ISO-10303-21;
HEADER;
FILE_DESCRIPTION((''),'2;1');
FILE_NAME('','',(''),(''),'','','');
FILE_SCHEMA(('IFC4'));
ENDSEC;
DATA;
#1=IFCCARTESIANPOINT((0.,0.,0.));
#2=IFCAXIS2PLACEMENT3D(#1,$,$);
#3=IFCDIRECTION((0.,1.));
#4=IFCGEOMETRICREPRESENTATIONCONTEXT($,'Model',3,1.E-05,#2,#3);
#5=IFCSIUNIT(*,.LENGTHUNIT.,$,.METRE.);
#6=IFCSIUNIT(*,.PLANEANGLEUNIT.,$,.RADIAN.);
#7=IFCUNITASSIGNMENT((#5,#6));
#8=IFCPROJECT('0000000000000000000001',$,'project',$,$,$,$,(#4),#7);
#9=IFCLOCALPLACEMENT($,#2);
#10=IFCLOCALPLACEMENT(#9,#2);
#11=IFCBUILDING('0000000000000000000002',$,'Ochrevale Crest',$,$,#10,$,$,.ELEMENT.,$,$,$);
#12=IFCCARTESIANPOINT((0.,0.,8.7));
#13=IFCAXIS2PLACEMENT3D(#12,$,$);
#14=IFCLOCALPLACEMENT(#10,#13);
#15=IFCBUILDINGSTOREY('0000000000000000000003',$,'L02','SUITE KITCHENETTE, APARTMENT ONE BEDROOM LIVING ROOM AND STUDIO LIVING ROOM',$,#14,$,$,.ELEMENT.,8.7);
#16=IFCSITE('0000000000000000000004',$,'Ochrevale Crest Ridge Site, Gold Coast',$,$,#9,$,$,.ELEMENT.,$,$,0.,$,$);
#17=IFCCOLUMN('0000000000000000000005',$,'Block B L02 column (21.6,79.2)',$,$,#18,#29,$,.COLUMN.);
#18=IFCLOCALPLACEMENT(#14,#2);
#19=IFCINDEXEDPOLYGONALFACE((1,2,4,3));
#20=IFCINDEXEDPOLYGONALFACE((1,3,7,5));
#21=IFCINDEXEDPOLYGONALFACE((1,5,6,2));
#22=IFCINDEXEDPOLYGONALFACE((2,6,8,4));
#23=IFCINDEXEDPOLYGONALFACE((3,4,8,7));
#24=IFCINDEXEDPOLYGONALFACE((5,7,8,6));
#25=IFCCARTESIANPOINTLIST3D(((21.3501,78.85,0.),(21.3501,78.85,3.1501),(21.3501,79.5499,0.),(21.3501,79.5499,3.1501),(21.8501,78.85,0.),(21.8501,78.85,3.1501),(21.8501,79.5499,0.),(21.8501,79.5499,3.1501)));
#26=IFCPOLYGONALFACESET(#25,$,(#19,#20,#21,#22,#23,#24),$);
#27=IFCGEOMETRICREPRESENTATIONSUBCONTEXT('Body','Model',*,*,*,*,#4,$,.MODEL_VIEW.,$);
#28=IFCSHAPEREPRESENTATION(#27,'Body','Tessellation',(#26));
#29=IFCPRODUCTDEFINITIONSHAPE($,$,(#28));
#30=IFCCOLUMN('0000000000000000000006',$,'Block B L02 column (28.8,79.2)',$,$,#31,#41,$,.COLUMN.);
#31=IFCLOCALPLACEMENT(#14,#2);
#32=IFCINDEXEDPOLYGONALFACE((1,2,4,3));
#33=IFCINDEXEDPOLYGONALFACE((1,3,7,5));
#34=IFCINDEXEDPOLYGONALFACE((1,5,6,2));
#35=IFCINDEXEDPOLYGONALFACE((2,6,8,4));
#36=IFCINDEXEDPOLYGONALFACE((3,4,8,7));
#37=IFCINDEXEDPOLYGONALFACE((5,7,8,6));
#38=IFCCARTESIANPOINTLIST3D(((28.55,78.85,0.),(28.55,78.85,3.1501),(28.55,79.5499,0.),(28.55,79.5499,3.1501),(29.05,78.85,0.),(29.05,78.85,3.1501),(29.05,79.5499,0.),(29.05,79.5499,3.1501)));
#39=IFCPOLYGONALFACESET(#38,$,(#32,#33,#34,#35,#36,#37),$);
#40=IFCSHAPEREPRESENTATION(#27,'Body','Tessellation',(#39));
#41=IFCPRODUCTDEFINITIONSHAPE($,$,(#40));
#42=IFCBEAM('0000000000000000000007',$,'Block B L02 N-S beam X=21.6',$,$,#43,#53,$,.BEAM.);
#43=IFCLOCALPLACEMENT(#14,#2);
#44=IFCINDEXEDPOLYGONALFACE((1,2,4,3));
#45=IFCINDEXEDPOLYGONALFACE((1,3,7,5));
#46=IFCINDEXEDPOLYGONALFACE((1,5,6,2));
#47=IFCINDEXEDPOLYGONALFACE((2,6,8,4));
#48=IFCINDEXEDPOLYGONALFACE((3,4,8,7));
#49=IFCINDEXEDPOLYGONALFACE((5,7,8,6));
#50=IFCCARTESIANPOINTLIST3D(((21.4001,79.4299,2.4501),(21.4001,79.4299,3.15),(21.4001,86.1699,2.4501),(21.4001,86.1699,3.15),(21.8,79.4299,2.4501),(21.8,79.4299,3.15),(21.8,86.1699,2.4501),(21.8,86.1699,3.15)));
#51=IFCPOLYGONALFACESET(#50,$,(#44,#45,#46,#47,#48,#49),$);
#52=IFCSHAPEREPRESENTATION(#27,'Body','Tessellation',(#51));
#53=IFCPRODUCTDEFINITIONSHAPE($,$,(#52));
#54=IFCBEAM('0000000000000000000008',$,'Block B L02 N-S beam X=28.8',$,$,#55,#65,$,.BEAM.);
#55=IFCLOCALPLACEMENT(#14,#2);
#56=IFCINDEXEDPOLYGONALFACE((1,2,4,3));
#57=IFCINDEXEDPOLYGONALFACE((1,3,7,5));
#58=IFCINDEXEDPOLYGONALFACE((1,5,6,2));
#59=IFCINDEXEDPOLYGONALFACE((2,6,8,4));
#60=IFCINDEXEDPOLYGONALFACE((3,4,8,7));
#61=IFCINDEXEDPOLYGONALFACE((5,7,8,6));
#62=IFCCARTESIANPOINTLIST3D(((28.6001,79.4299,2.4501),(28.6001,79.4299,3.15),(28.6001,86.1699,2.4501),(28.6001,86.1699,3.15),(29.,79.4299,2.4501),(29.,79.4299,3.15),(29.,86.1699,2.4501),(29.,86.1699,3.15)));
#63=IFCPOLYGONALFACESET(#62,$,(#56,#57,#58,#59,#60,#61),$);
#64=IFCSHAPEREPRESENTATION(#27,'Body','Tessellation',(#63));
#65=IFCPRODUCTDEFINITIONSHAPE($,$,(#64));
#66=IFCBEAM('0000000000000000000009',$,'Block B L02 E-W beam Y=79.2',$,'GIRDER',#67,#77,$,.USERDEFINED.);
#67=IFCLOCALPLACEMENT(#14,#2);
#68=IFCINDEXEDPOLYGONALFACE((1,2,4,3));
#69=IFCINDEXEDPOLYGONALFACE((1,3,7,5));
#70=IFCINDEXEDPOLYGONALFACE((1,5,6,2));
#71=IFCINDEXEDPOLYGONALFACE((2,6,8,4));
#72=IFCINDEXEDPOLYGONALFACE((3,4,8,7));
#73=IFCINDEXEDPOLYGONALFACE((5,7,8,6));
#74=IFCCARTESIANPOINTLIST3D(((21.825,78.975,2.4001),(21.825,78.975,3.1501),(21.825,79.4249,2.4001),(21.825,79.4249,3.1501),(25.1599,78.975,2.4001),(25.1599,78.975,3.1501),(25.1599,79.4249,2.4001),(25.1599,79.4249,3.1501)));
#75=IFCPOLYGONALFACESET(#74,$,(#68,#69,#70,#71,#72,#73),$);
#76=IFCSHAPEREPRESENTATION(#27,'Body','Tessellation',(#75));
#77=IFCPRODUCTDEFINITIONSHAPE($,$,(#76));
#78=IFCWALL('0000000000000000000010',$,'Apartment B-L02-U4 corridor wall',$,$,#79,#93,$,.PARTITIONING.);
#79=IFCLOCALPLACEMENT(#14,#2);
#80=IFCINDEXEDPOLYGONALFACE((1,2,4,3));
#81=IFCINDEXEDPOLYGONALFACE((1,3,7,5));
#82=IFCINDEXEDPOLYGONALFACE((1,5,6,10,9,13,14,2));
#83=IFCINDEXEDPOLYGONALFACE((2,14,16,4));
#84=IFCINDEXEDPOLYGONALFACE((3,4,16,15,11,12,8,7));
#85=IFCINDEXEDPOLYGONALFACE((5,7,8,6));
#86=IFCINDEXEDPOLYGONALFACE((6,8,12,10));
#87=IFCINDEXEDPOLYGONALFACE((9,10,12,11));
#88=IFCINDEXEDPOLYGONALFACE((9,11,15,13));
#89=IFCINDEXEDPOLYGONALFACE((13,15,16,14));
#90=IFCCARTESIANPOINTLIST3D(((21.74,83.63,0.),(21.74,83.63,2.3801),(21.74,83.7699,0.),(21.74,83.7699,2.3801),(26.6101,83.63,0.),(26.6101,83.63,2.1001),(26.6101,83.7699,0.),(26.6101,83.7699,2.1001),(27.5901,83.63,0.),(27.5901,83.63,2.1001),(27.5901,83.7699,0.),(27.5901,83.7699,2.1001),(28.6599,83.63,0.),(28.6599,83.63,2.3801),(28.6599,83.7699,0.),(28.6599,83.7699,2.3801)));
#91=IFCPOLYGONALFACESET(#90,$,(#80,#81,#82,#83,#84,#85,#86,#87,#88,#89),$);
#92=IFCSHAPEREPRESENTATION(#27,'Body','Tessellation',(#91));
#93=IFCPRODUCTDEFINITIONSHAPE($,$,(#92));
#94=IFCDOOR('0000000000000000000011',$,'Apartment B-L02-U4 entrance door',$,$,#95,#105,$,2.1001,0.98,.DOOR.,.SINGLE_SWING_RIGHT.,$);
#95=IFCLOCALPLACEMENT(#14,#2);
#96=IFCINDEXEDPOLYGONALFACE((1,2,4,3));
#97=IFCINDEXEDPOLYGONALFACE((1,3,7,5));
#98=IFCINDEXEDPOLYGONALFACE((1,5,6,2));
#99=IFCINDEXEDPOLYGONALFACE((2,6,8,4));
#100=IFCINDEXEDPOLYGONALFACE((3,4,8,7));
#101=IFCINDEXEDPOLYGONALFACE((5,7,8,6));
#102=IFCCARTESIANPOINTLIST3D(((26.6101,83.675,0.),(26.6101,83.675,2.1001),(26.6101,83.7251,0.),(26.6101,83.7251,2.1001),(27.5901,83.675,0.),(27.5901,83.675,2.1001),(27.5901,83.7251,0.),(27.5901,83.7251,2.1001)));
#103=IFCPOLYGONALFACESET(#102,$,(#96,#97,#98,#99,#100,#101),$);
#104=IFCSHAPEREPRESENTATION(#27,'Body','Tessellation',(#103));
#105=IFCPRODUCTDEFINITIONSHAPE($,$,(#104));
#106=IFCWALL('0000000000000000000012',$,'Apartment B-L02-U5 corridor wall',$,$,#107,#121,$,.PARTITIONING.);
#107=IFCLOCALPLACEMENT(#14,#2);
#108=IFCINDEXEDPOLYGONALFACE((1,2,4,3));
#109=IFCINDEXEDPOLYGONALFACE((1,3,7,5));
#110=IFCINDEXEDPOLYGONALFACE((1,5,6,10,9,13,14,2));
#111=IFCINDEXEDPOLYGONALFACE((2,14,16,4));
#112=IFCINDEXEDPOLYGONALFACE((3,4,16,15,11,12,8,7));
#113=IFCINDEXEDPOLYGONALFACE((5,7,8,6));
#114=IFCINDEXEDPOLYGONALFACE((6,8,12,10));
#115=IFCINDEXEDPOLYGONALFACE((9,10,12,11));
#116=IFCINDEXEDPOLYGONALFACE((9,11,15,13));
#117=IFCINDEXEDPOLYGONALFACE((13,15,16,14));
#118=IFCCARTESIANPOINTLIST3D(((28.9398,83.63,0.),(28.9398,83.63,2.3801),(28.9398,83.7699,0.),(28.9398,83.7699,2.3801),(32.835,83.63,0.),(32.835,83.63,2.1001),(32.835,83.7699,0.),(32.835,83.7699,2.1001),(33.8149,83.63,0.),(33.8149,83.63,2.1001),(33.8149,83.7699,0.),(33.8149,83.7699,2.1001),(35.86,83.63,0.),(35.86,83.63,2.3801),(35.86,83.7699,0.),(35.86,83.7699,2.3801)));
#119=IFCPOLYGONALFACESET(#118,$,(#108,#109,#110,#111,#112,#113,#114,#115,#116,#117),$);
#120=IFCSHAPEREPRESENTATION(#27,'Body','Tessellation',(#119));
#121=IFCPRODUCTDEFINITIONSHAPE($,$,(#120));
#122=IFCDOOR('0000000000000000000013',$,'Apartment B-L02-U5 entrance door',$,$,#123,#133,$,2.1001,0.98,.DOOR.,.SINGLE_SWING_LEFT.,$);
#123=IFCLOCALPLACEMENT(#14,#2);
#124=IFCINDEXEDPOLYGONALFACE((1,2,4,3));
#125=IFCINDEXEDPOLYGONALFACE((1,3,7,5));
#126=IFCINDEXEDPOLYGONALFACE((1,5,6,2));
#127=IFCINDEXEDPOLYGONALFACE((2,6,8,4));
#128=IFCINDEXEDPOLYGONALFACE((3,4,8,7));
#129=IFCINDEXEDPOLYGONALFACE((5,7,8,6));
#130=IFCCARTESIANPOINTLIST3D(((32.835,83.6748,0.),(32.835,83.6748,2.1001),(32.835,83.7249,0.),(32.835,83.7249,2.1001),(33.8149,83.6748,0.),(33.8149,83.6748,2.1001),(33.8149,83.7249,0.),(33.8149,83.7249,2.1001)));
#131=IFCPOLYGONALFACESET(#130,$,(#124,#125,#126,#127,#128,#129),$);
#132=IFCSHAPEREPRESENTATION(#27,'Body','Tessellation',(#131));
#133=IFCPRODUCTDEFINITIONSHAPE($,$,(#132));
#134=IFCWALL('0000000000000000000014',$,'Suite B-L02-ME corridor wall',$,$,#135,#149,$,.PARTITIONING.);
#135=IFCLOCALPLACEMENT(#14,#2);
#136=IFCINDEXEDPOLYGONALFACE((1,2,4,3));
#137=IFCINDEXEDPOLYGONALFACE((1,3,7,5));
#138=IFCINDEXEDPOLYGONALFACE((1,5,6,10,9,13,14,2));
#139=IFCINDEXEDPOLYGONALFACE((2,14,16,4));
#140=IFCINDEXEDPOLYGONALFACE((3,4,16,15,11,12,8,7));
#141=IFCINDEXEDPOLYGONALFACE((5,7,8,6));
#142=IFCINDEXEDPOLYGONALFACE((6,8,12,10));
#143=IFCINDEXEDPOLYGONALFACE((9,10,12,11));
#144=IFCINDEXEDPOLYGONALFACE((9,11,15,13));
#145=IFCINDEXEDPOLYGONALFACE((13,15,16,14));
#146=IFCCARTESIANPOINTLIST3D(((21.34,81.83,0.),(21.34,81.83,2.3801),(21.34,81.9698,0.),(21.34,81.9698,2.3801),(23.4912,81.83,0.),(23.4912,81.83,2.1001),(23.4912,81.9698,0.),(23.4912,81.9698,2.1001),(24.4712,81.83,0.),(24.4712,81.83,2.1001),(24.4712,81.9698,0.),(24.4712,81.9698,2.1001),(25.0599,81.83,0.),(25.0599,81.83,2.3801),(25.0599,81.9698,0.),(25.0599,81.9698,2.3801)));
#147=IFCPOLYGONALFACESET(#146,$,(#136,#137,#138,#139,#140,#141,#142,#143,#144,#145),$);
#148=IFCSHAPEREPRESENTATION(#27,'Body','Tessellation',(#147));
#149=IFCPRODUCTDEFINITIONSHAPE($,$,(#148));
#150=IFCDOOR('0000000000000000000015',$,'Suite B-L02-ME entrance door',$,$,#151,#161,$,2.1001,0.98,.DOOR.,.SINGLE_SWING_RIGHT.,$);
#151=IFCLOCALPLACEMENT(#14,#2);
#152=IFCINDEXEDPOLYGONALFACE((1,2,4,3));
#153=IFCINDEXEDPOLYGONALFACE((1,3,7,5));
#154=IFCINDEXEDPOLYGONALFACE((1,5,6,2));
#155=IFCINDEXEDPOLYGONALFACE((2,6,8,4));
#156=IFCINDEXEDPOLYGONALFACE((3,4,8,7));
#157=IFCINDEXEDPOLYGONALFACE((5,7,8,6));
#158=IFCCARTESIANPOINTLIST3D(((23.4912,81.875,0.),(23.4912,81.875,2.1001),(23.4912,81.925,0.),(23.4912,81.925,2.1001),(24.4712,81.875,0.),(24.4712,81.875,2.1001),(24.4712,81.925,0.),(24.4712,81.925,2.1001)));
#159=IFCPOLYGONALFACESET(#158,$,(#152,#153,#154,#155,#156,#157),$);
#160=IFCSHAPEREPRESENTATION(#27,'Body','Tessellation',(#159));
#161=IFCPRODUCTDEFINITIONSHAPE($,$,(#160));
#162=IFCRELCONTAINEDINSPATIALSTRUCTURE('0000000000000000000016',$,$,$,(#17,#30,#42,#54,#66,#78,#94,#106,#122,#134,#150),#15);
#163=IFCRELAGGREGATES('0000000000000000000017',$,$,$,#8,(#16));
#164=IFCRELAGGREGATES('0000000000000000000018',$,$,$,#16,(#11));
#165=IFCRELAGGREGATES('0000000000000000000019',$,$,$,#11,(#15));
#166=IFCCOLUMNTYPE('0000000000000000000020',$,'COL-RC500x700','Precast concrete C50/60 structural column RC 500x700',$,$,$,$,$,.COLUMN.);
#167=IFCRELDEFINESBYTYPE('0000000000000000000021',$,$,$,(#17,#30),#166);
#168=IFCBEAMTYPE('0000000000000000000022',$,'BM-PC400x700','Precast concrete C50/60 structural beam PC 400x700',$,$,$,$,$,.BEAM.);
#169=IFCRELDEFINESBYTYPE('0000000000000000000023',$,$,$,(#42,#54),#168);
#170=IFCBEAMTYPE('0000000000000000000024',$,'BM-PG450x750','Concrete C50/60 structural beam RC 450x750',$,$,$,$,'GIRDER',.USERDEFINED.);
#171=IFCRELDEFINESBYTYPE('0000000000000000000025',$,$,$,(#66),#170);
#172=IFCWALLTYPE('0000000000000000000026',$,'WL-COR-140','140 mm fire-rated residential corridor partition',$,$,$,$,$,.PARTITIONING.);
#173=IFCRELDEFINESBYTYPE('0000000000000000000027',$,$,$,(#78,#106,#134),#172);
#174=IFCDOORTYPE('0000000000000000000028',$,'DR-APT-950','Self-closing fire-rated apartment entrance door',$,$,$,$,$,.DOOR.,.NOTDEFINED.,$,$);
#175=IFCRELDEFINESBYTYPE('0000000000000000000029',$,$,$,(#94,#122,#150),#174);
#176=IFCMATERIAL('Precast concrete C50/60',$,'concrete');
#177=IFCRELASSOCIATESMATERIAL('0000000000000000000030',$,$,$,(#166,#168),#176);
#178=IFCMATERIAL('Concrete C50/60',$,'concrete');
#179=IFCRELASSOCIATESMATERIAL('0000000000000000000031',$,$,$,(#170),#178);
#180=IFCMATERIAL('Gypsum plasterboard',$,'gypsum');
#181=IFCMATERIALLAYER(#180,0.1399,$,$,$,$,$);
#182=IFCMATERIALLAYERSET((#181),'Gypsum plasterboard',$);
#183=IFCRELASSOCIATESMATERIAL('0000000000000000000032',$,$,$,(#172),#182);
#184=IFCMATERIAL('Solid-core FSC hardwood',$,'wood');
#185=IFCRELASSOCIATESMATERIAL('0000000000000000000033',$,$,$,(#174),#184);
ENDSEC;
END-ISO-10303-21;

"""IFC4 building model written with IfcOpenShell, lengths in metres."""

from ifc_helpers import new_model, si_unit, direction, frame, frame_2d, origin, origin_2d, place, context, subcontext, project, spatial, rectangle, extrude, material, layer, layer_set, material_profile, profile_set, type_object, element, fill, save


model = new_model("IFC4")

# Units and contexts
model_context = context("Model", 3, precision=1e-05, world=origin(), true_north=direction((0.0, 1.0)))
body_context = subcontext(model_context, "Body", "Model", "MODEL_VIEW")
ifc_project = project(units=[si_unit("LENGTHUNIT", "METRE"), si_unit("PLANEANGLEUNIT", "RADIAN")], contexts=[model_context])

# Site, building, storey
site_placement = place(None, origin())
site = spatial("IfcSite", under=ifc_project, at=site_placement, Name="Ochrevale Crest Ridge Site, Gold Coast", CompositionType="ELEMENT", RefElevation=0.0)
building_placement = place(site_placement, origin())
building = spatial("IfcBuilding", under=site, at=building_placement, Name="Ochrevale Crest", CompositionType="ELEMENT")
storey_placement = place(building_placement, frame((0.0, 0.0, 8.7)))
storey = spatial("IfcBuildingStorey", under=building, at=storey_placement, Name="L02", Description="SUITE KITCHENETTE, APARTMENT ONE BEDROOM LIVING ROOM AND STUDIO LIVING ROOM", CompositionType="ELEMENT", Elevation=8.7)

# Columns
ifc_material_1 = material(Name="Precast concrete C50/60", Category="concrete")
ifc_material_profile_1 = material_profile(ifc_material_1, rectangle(XDim=0.5, YDim=0.7, at=origin_2d()), Name="RC 500x700")
ifc_profile_set_1 = profile_set([ifc_material_profile_1], Name="Precast concrete C50/60")
column_type = type_object("IfcColumnType", Name="COL-RC500x700", Description="Precast concrete C50/60 structural column RC 500x700", PredefinedType="COLUMN", material=ifc_profile_set_1)
for number, where, z_axis, x_axis, name in (
    (1, (21.6001, 79.2, 0.0), (0.0, 0.0, 1.0), (1.0, 0.0, 0.0), "Block B L02 column (21.6,79.2)"),
    (2, (28.8, 79.2, 0.0), (0.0, 0.0, 1.0), (1.0, 0.0, 0.0), "Block B L02 column (28.8,79.2)"),
):
    element("IfcColumn", number, at=place(storey_placement, frame(where, z_axis=z_axis, x_axis=x_axis)), inside=storey, type_object=column_type, Name=name, PredefinedType="COLUMN", context=body_context, shape_type="SweptSolid", body=[
        extrude(rectangle(XDim=0.5, YDim=0.7, at=origin_2d()), origin(), (0.0, 0.0, 1.0), 3.1501),
    ])

# Beams
ifc_material_profile_2 = material_profile(ifc_material_1, rectangle(XDim=0.3999, YDim=0.7, at=origin_2d()), Name="PC 400x700")
ifc_profile_set_2 = profile_set([ifc_material_profile_2], Name="Precast concrete C50/60")
beam_type_1 = type_object("IfcBeamType", Name="BM-PC400x700", Description="Precast concrete C50/60 structural beam PC 400x700", PredefinedType="BEAM", material=ifc_profile_set_2)
for number, where, z_axis, x_axis, name in (
    (3, (21.6001, 79.4299, 2.8), (0.0, 1.0, 0.0), (-1.0, 0.0, 0.0), "Block B L02 N-S beam X=21.6"),
    (4, (28.8, 79.4299, 2.8), (0.0, 1.0, 0.0), (-1.0, 0.0, 0.0), "Block B L02 N-S beam X=28.8"),
):
    element("IfcBeam", number, at=place(storey_placement, frame(where, z_axis=z_axis, x_axis=x_axis)), inside=storey, type_object=beam_type_1, Name=name, PredefinedType="BEAM", context=body_context, shape_type="SweptSolid", body=[
        extrude(rectangle(XDim=0.3999, YDim=0.7, at=origin_2d()), origin(), (0.0, 0.0, 1.0), 6.74),
    ])
ifc_material_2 = material(Name="Concrete C50/60", Category="concrete")
ifc_material_profile_3 = material_profile(ifc_material_2, rectangle(XDim=0.45, YDim=0.75, at=origin_2d()), Name="RC 450x750")
ifc_profile_set_3 = profile_set([ifc_material_profile_3], Name="Concrete C50/60")
beam_type_2 = type_object("IfcBeamType", Name="BM-PG450x750", Description="Concrete C50/60 structural beam RC 450x750", ElementType="GIRDER", PredefinedType="USERDEFINED", material=ifc_profile_set_3)
beam_placement = place(storey_placement, frame((21.825, 79.2, 2.7751), z_axis=(1.0, 0.0, 0.0), x_axis=(0.0, 1.0, 0.0)))
element("IfcBeam", 5, at=beam_placement, inside=storey, type_object=beam_type_2, Name="Block B L02 E-W beam Y=79.2", ObjectType="GIRDER", PredefinedType="USERDEFINED", context=body_context, shape_type="SweptSolid", body=[
    extrude(rectangle(XDim=0.45, YDim=0.75, at=origin_2d()), origin(), (0.0, 0.0, 1.0), 3.335),
])

# Walls, openings, doors
ifc_material_3 = material(Name="Gypsum plasterboard", Category="gypsum")
ifc_layer_1 = layer(ifc_material_3, 0.1399)
ifc_layer_set_1 = layer_set([ifc_layer_1], Name="Gypsum plasterboard")
wall_type_1 = type_object("IfcWallType", Name="WL-COR-140", Description="140 mm fire-rated residential corridor partition", PredefinedType="PARTITIONING", material=ifc_layer_set_1)
wall_1_placement = place(storey_placement, frame((21.74, 83.7, 0.0), z_axis=(0.0, 0.0, 1.0), x_axis=(1.0, 0.0, 0.0)))
wall_1 = element("IfcWall", 6, at=wall_1_placement, inside=storey, type_object=wall_type_1, Name="Apartment B-L02-U4 corridor wall", PredefinedType="PARTITIONING", context=body_context, shape_type="SweptSolid", body=[
    extrude(rectangle(XDim=6.9199, YDim=0.1399, at=frame_2d((3.46, 0.0))), origin(), (0.0, 0.0, 1.0), 2.3801),
])
opening_1_placement = place(wall_1_placement, frame((5.8501, 0.0, 0.0), z_axis=(0.0, 0.0, 1.0), x_axis=(-1.0, 0.0, 0.0)))
opening_1 = element("IfcOpeningElement", 7, at=opening_1_placement, cuts=wall_1, PredefinedType="OPENING", context=body_context, shape_type="SweptSolid", body=[
    extrude(rectangle(XDim=0.98, YDim=2.1001, at=frame_2d((0.49, 1.05))), frame((0.0, 0.0801, 0.0), z_axis=(0.0, -1.0, 0.0), x_axis=(1.0, 0.0, 0.0)), (0.0, 0.0, 1.0), 0.1599),
])
ifc_material_4 = material(Name="Solid-core FSC hardwood", Category="wood")
door_type_1 = type_object("IfcDoorType", Name="DR-APT-950", Description="Self-closing fire-rated apartment entrance door", OperationType="NOTDEFINED", PredefinedType="DOOR", material=ifc_material_4)
door_1_placement = place(opening_1_placement, origin())
door_1 = element("IfcDoor", 8, at=door_1_placement, inside=storey, type_object=door_type_1, Name="Apartment B-L02-U4 entrance door", OperationType="SINGLE_SWING_RIGHT", OverallHeight=2.1001, OverallWidth=0.98, PredefinedType="DOOR", context=body_context, shape_type="SweptSolid", body=[
    extrude(rectangle(XDim=0.98, YDim=2.1001, at=frame_2d((0.49, 1.05))), frame((0.0, 0.0249, 0.0), z_axis=(0.0, -1.0, 0.0), x_axis=(1.0, 0.0, 0.0)), (0.0, 0.0, 1.0), 0.05),
])
fill(opening_1, door_1)
wall_2_placement = place(storey_placement, frame((28.9399, 83.7, 0.0), z_axis=(0.0, 0.0, 1.0), x_axis=(1.0, 0.0, 0.0)))
wall_2 = element("IfcWall", 9, at=wall_2_placement, inside=storey, type_object=wall_type_1, Name="Apartment B-L02-U5 corridor wall", PredefinedType="PARTITIONING", context=body_context, shape_type="SweptSolid", body=[
    extrude(rectangle(XDim=6.9202, YDim=0.1399, at=frame_2d((3.46, 0.0))), origin(), (0.0, 0.0, 1.0), 2.3801),
])
opening_2_placement = place(wall_2_placement, frame((3.895, 0.0, 0.0)))
opening_2 = element("IfcOpeningElement", 10, at=opening_2_placement, cuts=wall_2, PredefinedType="OPENING", context=body_context, shape_type="SweptSolid", body=[
    extrude(rectangle(XDim=0.98, YDim=2.1001, at=frame_2d((0.49, 1.05))), frame((0.0, 0.0801, 0.0), z_axis=(0.0, -1.0, 0.0), x_axis=(1.0, 0.0, 0.0)), (0.0, 0.0, 1.0), 0.1599),
])
door_2_placement = place(opening_2_placement, origin())
door_2 = element("IfcDoor", 11, at=door_2_placement, inside=storey, type_object=door_type_1, Name="Apartment B-L02-U5 entrance door", OperationType="SINGLE_SWING_LEFT", OverallHeight=2.1001, OverallWidth=0.98, PredefinedType="DOOR", context=body_context, shape_type="SweptSolid", body=[
    extrude(rectangle(XDim=0.98, YDim=2.1001, at=frame_2d((0.49, 1.05))), frame((0.0, 0.0249, 0.0), z_axis=(0.0, -1.0, 0.0), x_axis=(1.0, 0.0, 0.0)), (0.0, 0.0, 1.0), 0.05),
])
fill(opening_2, door_2)
wall_3_placement = place(storey_placement, frame((21.3401, 81.8999, 0.0), z_axis=(0.0, 0.0, 1.0), x_axis=(1.0, 0.0, 0.0)))
wall_3 = element("IfcWall", 12, at=wall_3_placement, inside=storey, type_object=wall_type_1, Name="Suite B-L02-ME corridor wall", PredefinedType="PARTITIONING", context=body_context, shape_type="SweptSolid", body=[
    extrude(rectangle(XDim=3.72, YDim=0.1399, at=frame_2d((1.8599, 0.0))), origin(), (0.0, 0.0, 1.0), 2.3801),
])
opening_3_placement = place(wall_3_placement, frame((3.1311, 0.0, 0.0), z_axis=(0.0, 0.0, 1.0), x_axis=(-1.0, 0.0, 0.0)))
opening_3 = element("IfcOpeningElement", 13, at=opening_3_placement, cuts=wall_3, PredefinedType="OPENING", context=body_context, shape_type="SweptSolid", body=[
    extrude(rectangle(XDim=0.98, YDim=2.1001, at=frame_2d((0.49, 1.05))), frame((0.0, 0.0801, 0.0), z_axis=(0.0, -1.0, 0.0), x_axis=(1.0, 0.0, 0.0)), (0.0, 0.0, 1.0), 0.1599),
])
door_3_placement = place(opening_3_placement, origin())
door_3 = element("IfcDoor", 14, at=door_3_placement, inside=storey, type_object=door_type_1, Name="Suite B-L02-ME entrance door", OperationType="SINGLE_SWING_RIGHT", OverallHeight=2.1001, OverallWidth=0.98, PredefinedType="DOOR", context=body_context, shape_type="SweptSolid", body=[
    extrude(rectangle(XDim=0.98, YDim=2.1001, at=frame_2d((0.49, 1.05))), frame((0.0, 0.0249, 0.0), z_axis=(0.0, -1.0, 0.0), x_axis=(1.0, 0.0, 0.0)), (0.0, 0.0, 1.0), 0.05),
])
fill(opening_3, door_3)

save(model, "model.ifc")
